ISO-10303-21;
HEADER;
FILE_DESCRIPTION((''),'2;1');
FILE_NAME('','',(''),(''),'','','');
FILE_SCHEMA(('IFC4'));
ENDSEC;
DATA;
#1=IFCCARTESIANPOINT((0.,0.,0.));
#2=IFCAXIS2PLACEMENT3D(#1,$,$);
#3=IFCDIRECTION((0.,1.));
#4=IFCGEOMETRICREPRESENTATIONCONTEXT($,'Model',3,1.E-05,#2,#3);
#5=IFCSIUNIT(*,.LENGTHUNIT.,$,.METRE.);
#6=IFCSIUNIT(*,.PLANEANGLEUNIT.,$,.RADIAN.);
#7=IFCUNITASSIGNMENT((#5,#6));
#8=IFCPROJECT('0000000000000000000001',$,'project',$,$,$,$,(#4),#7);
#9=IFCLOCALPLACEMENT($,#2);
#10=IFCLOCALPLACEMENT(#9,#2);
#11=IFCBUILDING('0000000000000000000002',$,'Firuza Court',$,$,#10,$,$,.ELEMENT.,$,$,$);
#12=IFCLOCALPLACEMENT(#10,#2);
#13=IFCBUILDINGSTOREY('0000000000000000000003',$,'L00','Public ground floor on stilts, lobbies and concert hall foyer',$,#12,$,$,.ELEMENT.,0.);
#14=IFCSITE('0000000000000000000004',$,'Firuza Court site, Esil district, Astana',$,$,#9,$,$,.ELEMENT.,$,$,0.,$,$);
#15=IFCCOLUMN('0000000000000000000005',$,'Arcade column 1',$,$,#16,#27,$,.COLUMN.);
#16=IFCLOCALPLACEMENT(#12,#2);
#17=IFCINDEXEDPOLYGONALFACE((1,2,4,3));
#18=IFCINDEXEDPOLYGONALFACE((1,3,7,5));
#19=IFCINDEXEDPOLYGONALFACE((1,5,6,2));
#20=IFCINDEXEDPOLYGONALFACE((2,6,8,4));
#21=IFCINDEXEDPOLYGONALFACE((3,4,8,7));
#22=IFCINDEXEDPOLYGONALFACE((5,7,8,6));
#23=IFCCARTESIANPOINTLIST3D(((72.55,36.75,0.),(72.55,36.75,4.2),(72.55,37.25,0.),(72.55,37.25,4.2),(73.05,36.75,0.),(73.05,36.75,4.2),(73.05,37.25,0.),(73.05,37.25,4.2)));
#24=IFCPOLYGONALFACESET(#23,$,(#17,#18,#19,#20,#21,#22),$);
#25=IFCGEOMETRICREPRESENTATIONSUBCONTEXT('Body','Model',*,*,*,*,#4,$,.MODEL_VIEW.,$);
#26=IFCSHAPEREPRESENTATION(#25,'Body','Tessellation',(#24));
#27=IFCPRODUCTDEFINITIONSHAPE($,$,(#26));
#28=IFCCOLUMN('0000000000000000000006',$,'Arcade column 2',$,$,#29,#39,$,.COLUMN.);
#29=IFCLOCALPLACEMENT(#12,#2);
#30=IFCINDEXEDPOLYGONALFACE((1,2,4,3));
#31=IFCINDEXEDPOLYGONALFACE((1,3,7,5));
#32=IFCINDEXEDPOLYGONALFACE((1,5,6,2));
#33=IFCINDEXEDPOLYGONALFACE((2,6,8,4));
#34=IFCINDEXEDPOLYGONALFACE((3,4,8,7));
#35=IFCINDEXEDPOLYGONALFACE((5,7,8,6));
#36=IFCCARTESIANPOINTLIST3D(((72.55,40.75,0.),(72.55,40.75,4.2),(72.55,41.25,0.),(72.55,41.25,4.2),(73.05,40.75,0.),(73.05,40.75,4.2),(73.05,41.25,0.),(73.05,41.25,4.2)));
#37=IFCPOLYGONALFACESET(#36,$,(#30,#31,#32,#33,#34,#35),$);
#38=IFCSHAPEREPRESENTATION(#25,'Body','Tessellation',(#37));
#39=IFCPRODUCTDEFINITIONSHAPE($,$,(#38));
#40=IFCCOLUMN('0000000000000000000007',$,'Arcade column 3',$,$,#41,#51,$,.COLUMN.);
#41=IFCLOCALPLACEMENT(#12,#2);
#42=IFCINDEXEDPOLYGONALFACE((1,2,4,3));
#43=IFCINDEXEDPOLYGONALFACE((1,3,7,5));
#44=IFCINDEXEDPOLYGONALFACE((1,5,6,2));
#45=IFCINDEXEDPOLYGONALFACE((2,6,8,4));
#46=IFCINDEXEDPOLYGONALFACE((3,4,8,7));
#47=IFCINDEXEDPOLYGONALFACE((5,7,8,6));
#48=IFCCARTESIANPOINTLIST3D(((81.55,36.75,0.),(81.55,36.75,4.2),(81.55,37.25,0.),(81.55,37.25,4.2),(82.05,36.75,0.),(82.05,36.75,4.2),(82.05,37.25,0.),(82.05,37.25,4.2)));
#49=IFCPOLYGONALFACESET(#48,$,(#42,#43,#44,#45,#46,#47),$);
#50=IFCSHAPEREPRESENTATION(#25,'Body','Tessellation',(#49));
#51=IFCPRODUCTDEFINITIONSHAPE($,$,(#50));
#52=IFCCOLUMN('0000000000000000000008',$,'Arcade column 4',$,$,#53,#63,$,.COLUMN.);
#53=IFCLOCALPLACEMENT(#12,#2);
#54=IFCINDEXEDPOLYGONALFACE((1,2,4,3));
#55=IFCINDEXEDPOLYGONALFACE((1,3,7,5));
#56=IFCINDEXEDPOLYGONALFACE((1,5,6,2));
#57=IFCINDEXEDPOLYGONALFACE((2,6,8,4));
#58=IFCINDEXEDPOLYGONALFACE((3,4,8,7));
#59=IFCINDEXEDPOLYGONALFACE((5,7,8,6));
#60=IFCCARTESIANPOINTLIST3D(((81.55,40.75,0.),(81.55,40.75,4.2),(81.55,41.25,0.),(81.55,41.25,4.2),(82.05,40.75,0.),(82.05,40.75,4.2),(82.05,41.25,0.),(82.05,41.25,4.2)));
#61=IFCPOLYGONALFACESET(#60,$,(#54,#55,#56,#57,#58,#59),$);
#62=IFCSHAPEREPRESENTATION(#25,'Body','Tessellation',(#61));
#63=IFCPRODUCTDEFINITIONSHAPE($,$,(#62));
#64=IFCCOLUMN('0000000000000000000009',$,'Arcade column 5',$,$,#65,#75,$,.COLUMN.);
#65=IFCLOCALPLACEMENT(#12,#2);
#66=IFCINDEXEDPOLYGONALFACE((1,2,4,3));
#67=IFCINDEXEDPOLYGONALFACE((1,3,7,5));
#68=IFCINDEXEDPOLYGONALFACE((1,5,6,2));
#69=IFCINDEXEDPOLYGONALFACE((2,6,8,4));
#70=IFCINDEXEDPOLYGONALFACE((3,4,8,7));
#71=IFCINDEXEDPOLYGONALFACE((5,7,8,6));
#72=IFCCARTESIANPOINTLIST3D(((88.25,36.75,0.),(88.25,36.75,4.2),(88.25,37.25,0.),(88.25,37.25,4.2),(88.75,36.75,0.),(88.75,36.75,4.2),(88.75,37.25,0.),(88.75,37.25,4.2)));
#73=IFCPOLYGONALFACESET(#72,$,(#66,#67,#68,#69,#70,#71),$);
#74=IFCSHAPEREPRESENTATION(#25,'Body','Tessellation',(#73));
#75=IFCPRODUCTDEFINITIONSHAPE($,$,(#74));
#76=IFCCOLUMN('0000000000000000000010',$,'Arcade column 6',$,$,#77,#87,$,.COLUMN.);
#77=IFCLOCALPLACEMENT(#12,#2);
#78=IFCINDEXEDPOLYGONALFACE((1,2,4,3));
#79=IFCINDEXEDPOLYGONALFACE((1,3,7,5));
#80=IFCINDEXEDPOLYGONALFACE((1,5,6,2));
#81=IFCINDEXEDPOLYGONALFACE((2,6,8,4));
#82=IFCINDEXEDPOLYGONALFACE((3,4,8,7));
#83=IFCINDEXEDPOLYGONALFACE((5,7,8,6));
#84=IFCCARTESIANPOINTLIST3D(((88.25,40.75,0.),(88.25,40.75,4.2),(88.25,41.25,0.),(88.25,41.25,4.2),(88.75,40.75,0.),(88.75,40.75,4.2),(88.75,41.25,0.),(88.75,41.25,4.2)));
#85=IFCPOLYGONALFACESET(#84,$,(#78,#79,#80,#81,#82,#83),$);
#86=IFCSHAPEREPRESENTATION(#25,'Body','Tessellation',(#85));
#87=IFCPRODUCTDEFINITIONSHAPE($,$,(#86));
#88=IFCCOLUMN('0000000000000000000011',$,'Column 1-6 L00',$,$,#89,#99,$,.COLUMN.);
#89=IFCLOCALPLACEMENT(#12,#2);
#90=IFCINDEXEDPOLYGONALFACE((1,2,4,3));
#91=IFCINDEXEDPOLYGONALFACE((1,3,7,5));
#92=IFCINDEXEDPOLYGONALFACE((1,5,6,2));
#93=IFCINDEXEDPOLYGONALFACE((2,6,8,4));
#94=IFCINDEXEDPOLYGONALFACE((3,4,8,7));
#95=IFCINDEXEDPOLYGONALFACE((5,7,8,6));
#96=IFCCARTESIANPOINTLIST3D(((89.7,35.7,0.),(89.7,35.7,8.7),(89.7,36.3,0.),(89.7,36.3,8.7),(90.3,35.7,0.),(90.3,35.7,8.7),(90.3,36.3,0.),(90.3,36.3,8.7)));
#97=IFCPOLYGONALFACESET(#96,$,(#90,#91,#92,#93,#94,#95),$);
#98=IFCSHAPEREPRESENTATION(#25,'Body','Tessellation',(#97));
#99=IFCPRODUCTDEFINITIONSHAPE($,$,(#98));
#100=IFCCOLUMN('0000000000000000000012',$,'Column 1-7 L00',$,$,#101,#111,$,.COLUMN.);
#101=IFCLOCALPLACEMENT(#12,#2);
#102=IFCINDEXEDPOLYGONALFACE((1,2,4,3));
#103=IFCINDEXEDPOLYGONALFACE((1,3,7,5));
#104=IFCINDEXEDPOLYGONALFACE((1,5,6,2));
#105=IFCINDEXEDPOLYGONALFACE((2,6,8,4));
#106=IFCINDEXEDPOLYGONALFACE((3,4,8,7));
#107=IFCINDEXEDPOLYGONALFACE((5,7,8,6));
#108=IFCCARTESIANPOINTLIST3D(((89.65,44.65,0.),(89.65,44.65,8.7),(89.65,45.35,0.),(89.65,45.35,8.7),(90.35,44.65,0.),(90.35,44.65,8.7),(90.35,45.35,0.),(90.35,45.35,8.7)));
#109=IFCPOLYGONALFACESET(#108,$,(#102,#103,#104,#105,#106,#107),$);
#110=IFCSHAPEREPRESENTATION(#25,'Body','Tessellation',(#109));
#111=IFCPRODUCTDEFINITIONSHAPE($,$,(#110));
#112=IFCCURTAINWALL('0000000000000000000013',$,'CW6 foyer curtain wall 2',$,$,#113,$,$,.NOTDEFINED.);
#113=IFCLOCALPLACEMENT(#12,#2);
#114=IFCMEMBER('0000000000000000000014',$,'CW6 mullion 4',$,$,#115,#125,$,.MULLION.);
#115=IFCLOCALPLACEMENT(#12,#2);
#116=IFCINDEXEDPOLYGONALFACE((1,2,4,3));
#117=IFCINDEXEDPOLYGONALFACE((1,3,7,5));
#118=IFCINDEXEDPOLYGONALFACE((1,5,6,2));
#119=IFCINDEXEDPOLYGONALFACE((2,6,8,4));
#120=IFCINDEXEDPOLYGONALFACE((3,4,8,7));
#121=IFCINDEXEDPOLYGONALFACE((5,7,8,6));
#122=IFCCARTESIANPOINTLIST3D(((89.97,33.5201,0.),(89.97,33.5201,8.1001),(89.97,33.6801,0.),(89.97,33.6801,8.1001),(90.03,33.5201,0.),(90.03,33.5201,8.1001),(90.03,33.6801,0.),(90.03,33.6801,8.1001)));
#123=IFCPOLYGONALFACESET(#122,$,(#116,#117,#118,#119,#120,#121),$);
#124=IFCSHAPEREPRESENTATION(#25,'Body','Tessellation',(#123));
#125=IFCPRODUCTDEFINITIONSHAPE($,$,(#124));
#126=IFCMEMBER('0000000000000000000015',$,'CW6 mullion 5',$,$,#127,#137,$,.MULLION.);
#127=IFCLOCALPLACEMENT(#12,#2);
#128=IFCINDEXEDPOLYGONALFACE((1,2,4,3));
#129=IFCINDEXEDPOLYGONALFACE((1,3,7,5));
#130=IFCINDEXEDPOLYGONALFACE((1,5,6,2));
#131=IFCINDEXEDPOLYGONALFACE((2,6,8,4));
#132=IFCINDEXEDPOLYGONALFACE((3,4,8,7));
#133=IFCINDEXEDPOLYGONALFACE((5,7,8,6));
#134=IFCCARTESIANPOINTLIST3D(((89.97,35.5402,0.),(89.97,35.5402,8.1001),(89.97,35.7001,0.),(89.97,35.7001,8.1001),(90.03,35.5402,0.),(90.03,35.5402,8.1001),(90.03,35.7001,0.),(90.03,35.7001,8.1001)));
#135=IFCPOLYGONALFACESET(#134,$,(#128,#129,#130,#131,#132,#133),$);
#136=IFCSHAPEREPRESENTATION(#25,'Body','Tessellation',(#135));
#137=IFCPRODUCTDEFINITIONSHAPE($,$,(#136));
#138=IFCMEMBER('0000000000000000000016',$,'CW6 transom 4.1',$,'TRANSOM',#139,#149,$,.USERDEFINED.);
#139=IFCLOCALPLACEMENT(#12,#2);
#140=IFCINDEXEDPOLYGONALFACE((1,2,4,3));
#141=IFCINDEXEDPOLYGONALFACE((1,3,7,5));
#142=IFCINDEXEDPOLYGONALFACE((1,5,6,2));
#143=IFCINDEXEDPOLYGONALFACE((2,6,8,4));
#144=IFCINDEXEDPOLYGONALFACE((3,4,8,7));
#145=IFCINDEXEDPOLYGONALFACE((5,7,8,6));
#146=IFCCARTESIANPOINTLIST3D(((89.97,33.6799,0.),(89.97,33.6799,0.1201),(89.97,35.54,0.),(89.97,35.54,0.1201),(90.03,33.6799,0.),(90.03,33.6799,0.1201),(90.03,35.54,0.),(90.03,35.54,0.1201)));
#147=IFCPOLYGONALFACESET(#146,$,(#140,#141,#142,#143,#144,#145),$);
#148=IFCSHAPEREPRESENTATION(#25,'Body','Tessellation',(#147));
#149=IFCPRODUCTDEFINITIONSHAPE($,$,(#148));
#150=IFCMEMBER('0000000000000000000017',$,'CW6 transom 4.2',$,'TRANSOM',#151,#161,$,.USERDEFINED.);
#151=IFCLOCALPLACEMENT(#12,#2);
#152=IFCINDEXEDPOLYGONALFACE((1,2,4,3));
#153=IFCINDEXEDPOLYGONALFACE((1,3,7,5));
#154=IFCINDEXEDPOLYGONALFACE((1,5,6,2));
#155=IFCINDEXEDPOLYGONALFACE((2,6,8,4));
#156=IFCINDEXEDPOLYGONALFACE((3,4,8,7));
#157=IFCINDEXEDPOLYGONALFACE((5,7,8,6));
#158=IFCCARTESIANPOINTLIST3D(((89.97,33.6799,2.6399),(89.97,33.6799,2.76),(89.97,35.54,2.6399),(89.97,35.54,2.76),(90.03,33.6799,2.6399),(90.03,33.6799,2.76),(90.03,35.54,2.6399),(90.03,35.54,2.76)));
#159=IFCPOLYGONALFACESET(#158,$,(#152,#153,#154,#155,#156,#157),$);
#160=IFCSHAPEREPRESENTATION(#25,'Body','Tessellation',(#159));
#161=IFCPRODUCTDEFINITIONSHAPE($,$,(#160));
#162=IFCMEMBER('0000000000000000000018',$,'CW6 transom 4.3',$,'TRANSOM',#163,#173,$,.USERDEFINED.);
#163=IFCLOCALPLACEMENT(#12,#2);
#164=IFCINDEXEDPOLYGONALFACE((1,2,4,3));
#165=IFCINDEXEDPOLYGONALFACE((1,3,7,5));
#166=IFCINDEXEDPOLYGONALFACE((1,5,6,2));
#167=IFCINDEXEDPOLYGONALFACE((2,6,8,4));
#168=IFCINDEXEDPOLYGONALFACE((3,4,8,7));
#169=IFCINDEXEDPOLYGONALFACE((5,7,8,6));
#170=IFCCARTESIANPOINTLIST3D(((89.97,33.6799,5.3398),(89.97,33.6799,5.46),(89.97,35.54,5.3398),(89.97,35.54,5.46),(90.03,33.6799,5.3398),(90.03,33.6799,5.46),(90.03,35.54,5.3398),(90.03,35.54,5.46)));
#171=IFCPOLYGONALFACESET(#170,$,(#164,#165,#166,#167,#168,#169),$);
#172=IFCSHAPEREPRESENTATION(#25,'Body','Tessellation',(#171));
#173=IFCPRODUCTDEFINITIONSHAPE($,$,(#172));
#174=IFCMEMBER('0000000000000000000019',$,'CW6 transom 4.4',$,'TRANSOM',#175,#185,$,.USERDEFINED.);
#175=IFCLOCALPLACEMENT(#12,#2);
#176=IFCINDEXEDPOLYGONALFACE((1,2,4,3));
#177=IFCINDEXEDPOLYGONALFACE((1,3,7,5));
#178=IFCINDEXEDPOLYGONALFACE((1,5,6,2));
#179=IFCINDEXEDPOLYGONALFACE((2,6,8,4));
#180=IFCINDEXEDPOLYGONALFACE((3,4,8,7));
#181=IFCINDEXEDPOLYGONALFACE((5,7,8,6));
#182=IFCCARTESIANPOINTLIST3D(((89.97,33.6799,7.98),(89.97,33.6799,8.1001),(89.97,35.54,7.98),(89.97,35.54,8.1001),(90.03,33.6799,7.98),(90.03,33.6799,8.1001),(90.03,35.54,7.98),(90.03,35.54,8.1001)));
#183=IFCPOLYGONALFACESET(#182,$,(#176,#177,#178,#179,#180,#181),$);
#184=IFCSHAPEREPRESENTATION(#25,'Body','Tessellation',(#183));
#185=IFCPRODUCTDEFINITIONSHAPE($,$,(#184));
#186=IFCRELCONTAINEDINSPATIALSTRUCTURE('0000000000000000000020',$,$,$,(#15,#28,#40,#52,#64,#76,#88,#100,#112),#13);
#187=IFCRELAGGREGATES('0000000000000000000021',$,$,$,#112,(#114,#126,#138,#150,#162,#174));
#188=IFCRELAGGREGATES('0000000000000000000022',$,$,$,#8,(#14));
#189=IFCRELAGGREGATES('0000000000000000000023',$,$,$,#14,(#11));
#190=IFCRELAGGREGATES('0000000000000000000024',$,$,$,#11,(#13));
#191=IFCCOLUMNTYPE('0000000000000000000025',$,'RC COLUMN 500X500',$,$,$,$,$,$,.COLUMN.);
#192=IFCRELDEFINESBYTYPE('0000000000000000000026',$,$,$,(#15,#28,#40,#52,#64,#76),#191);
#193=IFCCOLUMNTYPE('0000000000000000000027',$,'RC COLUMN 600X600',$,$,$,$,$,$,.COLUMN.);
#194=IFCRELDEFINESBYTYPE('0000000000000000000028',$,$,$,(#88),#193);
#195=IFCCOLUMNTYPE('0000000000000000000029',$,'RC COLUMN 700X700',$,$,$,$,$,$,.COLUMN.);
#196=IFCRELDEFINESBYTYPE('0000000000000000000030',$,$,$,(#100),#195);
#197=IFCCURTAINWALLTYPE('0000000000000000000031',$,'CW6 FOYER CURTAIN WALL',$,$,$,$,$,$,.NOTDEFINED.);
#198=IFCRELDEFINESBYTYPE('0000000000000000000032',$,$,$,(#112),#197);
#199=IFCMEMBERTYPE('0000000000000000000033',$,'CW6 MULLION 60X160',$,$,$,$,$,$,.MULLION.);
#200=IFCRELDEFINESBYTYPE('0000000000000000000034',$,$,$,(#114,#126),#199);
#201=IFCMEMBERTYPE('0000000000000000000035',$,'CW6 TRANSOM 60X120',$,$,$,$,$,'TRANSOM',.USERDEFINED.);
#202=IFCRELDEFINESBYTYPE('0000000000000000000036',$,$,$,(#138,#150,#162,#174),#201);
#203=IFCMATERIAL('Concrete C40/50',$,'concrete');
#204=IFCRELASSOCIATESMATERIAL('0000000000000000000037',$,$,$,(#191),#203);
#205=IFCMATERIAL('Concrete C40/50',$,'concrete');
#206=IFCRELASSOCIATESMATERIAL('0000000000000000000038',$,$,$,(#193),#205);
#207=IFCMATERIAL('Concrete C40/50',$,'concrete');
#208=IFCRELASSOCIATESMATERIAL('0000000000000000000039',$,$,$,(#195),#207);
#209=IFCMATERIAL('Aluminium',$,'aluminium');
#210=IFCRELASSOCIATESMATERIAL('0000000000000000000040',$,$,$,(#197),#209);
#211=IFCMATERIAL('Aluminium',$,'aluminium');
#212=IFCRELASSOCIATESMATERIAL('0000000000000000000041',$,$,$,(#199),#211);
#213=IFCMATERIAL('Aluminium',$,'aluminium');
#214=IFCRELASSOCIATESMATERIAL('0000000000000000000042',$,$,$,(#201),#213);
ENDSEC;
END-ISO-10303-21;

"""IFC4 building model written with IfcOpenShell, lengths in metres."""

from ifc_helpers import new_model, si_unit, direction, frame, origin, origin_2d, place, context, subcontext, project, spatial, rectangle, extrude, material, material_profile, profile_set, type_object, element, aggregate, save


model = new_model("IFC4")

# Units and contexts
model_context = context("Model", 3, precision=1e-05, world=origin(), true_north=direction((0.0, 1.0)))
body_context = subcontext(model_context, "Body", "Model", "MODEL_VIEW")
ifc_project = project(units=[si_unit("LENGTHUNIT", "METRE"), si_unit("PLANEANGLEUNIT", "RADIAN")], contexts=[model_context])

# Site, building, storey
site_placement = place(None, origin())
site = spatial("IfcSite", under=ifc_project, at=site_placement, Name="Firuza Court site, Esil district, Astana", CompositionType="ELEMENT", RefElevation=0.0)
building_placement = place(site_placement, origin())
building = spatial("IfcBuilding", under=site, at=building_placement, Name="Firuza Court", CompositionType="ELEMENT")
storey_placement = place(building_placement, origin())
storey = spatial("IfcBuildingStorey", under=building, at=storey_placement, Name="L00", Description="Public ground floor on stilts, lobbies and concert hall foyer", CompositionType="ELEMENT", Elevation=0.0)

# Columns
ifc_material_1 = material(Name="Concrete C40/50", Category="concrete")
ifc_material_profile_1 = material_profile(ifc_material_1, rectangle(XDim=0.5, YDim=0.5, at=origin_2d()), Name="RC 500X500")
ifc_profile_set_1 = profile_set([ifc_material_profile_1], Name="Concrete C40/50")
column_type_1 = type_object("IfcColumnType", Name="RC COLUMN 500X500", PredefinedType="COLUMN", material=ifc_profile_set_1)
for number, where, z_axis, x_axis, name in (
    (1, (72.8, 37.0, 0.0), (0.0, 0.0, 1.0), (1.0, 0.0, 0.0), "Arcade column 1"),
    (2, (72.8, 41.0, 0.0), (0.0, 0.0, 1.0), (1.0, 0.0, 0.0), "Arcade column 2"),
    (3, (81.8, 37.0, 0.0), (0.0, 0.0, 1.0), (1.0, 0.0, 0.0), "Arcade column 3"),
    (4, (81.8, 41.0, 0.0), (0.0, 0.0, 1.0), (1.0, 0.0, 0.0), "Arcade column 4"),
    (5, (88.5, 37.0, 0.0), (0.0, 0.0, 1.0), (1.0, 0.0, 0.0), "Arcade column 5"),
    (6, (88.5, 41.0, 0.0), (0.0, 0.0, 1.0), (1.0, 0.0, 0.0), "Arcade column 6"),
):
    element("IfcColumn", number, at=place(storey_placement, frame(where, z_axis=z_axis, x_axis=x_axis)), inside=storey, type_object=column_type_1, Name=name, PredefinedType="COLUMN", context=body_context, shape_type="SweptSolid", body=[
        extrude(rectangle(XDim=0.5, YDim=0.5, at=origin_2d()), origin(), (0.0, 0.0, 1.0), 4.2),
    ])
ifc_material_2 = material(Name="Concrete C40/50", Category="concrete")
ifc_material_profile_2 = material_profile(ifc_material_2, rectangle(XDim=0.6001, YDim=0.6001, at=origin_2d()), Name="RC 600X600")
ifc_profile_set_2 = profile_set([ifc_material_profile_2], Name="Concrete C40/50")
column_type_2 = type_object("IfcColumnType", Name="RC COLUMN 600X600", PredefinedType="COLUMN", material=ifc_profile_set_2)
column_1_placement = place(storey_placement, frame((90.0, 36.0, 0.0), z_axis=(0.0, 0.0, 1.0), x_axis=(1.0, 0.0, 0.0)))
element("IfcColumn", 7, at=column_1_placement, inside=storey, type_object=column_type_2, Name="Column 1-6 L00", PredefinedType="COLUMN", context=body_context, shape_type="SweptSolid", body=[
    extrude(rectangle(XDim=0.6001, YDim=0.6001, at=origin_2d()), origin(), (0.0, 0.0, 1.0), 8.7),
])
ifc_material_3 = material(Name="Concrete C40/50", Category="concrete")
ifc_material_profile_3 = material_profile(ifc_material_3, rectangle(XDim=0.7, YDim=0.7, at=origin_2d()), Name="RC 700X700")
ifc_profile_set_3 = profile_set([ifc_material_profile_3], Name="Concrete C40/50")
column_type_3 = type_object("IfcColumnType", Name="RC COLUMN 700X700", PredefinedType="COLUMN", material=ifc_profile_set_3)
column_2_placement = place(storey_placement, frame((90.0, 45.0, 0.0), z_axis=(0.0, 0.0, 1.0), x_axis=(1.0, 0.0, 0.0)))
element("IfcColumn", 8, at=column_2_placement, inside=storey, type_object=column_type_3, Name="Column 1-7 L00", PredefinedType="COLUMN", context=body_context, shape_type="SweptSolid", body=[
    extrude(rectangle(XDim=0.7, YDim=0.7, at=origin_2d()), origin(), (0.0, 0.0, 1.0), 8.7),
])

# Curtain wall, members
ifc_material_4 = material(Name="Aluminium", Category="aluminium")
curtain_wall_type = type_object("IfcCurtainWallType", Name="CW6 FOYER CURTAIN WALL", PredefinedType="NOTDEFINED", material=ifc_material_4)
curtain_wall_placement = place(storey_placement, origin())
curtain_wall = element("IfcCurtainWall", 9, at=curtain_wall_placement, inside=storey, type_object=curtain_wall_type, Name="CW6 foyer curtain wall 2", PredefinedType="NOTDEFINED")
ifc_material_5 = material(Name="Aluminium", Category="aluminium")
ifc_material_profile_4 = material_profile(ifc_material_5, rectangle(XDim=0.0601, YDim=0.1599, at=origin_2d()), Name="MULLION 60X160")
ifc_profile_set_4 = profile_set([ifc_material_profile_4], Name="Aluminium")
member_type_1 = type_object("IfcMemberType", Name="CW6 MULLION 60X160", PredefinedType="MULLION", material=ifc_profile_set_4)
member_1_placement = place(storey_placement, frame((90.0, 33.6001, 0.0), z_axis=(0.0, 0.0, 1.0), x_axis=(-1.0, 0.0, 0.0)))
member_1 = element("IfcMember", 10, at=member_1_placement, type_object=member_type_1, Name="CW6 mullion 4", PredefinedType="MULLION", context=body_context, shape_type="SweptSolid", body=[
    extrude(rectangle(XDim=0.0601, YDim=0.1599, at=origin_2d()), origin(), (0.0, 0.0, 1.0), 8.1001),
])
member_2_placement = place(storey_placement, frame((90.0, 35.6201, 0.0), z_axis=(0.0, 0.0, 1.0), x_axis=(-1.0, 0.0, 0.0)))
member_2 = element("IfcMember", 11, at=member_2_placement, type_object=member_type_1, Name="CW6 mullion 5", PredefinedType="MULLION", context=body_context, shape_type="SweptSolid", body=[
    extrude(rectangle(XDim=0.0601, YDim=0.1599, at=origin_2d()), origin(), (0.0, 0.0, 1.0), 8.1001),
])
ifc_material_6 = material(Name="Aluminium", Category="aluminium")
ifc_material_profile_5 = material_profile(ifc_material_6, rectangle(XDim=0.0601, YDim=0.1201, at=origin_2d()), Name="TRANSOM 60X120")
ifc_profile_set_5 = profile_set([ifc_material_profile_5], Name="Aluminium")
member_type_2 = type_object("IfcMemberType", Name="CW6 TRANSOM 60X120", ElementType="TRANSOM", PredefinedType="USERDEFINED", material=ifc_profile_set_5)
member_3_placement = place(storey_placement, frame((90.0, 33.6799, 0.0601), z_axis=(0.0, 1.0, 0.0), x_axis=(-1.0, 0.0, 0.0)))
member_3 = element("IfcMember", 12, at=member_3_placement, type_object=member_type_2, Name="CW6 transom 4.1", ObjectType="TRANSOM", PredefinedType="USERDEFINED", context=body_context, shape_type="SweptSolid", body=[
    extrude(rectangle(XDim=0.0601, YDim=0.1201, at=origin_2d()), origin(), (0.0, 0.0, 1.0), 1.8601),
])
member_4_placement = place(storey_placement, frame((90.0, 33.6799, 2.7), z_axis=(0.0, 1.0, 0.0), x_axis=(-1.0, 0.0, 0.0)))
member_4 = element("IfcMember", 13, at=member_4_placement, type_object=member_type_2, Name="CW6 transom 4.2", ObjectType="TRANSOM", PredefinedType="USERDEFINED", context=body_context, shape_type="SweptSolid", body=[
    extrude(rectangle(XDim=0.0601, YDim=0.1201, at=origin_2d()), origin(), (0.0, 0.0, 1.0), 1.8601),
])
member_5_placement = place(storey_placement, frame((90.0, 33.6799, 5.3999), z_axis=(0.0, 1.0, 0.0), x_axis=(-1.0, 0.0, 0.0)))
member_5 = element("IfcMember", 14, at=member_5_placement, type_object=member_type_2, Name="CW6 transom 4.3", ObjectType="TRANSOM", PredefinedType="USERDEFINED", context=body_context, shape_type="SweptSolid", body=[
    extrude(rectangle(XDim=0.0601, YDim=0.1201, at=origin_2d()), origin(), (0.0, 0.0, 1.0), 1.8601),
])
member_6_placement = place(storey_placement, frame((90.0, 33.6799, 8.04), z_axis=(0.0, 1.0, 0.0), x_axis=(-1.0, 0.0, 0.0)))
member_6 = element("IfcMember", 15, at=member_6_placement, type_object=member_type_2, Name="CW6 transom 4.4", ObjectType="TRANSOM", PredefinedType="USERDEFINED", context=body_context, shape_type="SweptSolid", body=[
    extrude(rectangle(XDim=0.0601, YDim=0.1201, at=origin_2d()), origin(), (0.0, 0.0, 1.0), 1.8601),
])

aggregate(curtain_wall, [member_1, member_2, member_3, member_4, member_5, member_6])

save(model, "model.ifc")
